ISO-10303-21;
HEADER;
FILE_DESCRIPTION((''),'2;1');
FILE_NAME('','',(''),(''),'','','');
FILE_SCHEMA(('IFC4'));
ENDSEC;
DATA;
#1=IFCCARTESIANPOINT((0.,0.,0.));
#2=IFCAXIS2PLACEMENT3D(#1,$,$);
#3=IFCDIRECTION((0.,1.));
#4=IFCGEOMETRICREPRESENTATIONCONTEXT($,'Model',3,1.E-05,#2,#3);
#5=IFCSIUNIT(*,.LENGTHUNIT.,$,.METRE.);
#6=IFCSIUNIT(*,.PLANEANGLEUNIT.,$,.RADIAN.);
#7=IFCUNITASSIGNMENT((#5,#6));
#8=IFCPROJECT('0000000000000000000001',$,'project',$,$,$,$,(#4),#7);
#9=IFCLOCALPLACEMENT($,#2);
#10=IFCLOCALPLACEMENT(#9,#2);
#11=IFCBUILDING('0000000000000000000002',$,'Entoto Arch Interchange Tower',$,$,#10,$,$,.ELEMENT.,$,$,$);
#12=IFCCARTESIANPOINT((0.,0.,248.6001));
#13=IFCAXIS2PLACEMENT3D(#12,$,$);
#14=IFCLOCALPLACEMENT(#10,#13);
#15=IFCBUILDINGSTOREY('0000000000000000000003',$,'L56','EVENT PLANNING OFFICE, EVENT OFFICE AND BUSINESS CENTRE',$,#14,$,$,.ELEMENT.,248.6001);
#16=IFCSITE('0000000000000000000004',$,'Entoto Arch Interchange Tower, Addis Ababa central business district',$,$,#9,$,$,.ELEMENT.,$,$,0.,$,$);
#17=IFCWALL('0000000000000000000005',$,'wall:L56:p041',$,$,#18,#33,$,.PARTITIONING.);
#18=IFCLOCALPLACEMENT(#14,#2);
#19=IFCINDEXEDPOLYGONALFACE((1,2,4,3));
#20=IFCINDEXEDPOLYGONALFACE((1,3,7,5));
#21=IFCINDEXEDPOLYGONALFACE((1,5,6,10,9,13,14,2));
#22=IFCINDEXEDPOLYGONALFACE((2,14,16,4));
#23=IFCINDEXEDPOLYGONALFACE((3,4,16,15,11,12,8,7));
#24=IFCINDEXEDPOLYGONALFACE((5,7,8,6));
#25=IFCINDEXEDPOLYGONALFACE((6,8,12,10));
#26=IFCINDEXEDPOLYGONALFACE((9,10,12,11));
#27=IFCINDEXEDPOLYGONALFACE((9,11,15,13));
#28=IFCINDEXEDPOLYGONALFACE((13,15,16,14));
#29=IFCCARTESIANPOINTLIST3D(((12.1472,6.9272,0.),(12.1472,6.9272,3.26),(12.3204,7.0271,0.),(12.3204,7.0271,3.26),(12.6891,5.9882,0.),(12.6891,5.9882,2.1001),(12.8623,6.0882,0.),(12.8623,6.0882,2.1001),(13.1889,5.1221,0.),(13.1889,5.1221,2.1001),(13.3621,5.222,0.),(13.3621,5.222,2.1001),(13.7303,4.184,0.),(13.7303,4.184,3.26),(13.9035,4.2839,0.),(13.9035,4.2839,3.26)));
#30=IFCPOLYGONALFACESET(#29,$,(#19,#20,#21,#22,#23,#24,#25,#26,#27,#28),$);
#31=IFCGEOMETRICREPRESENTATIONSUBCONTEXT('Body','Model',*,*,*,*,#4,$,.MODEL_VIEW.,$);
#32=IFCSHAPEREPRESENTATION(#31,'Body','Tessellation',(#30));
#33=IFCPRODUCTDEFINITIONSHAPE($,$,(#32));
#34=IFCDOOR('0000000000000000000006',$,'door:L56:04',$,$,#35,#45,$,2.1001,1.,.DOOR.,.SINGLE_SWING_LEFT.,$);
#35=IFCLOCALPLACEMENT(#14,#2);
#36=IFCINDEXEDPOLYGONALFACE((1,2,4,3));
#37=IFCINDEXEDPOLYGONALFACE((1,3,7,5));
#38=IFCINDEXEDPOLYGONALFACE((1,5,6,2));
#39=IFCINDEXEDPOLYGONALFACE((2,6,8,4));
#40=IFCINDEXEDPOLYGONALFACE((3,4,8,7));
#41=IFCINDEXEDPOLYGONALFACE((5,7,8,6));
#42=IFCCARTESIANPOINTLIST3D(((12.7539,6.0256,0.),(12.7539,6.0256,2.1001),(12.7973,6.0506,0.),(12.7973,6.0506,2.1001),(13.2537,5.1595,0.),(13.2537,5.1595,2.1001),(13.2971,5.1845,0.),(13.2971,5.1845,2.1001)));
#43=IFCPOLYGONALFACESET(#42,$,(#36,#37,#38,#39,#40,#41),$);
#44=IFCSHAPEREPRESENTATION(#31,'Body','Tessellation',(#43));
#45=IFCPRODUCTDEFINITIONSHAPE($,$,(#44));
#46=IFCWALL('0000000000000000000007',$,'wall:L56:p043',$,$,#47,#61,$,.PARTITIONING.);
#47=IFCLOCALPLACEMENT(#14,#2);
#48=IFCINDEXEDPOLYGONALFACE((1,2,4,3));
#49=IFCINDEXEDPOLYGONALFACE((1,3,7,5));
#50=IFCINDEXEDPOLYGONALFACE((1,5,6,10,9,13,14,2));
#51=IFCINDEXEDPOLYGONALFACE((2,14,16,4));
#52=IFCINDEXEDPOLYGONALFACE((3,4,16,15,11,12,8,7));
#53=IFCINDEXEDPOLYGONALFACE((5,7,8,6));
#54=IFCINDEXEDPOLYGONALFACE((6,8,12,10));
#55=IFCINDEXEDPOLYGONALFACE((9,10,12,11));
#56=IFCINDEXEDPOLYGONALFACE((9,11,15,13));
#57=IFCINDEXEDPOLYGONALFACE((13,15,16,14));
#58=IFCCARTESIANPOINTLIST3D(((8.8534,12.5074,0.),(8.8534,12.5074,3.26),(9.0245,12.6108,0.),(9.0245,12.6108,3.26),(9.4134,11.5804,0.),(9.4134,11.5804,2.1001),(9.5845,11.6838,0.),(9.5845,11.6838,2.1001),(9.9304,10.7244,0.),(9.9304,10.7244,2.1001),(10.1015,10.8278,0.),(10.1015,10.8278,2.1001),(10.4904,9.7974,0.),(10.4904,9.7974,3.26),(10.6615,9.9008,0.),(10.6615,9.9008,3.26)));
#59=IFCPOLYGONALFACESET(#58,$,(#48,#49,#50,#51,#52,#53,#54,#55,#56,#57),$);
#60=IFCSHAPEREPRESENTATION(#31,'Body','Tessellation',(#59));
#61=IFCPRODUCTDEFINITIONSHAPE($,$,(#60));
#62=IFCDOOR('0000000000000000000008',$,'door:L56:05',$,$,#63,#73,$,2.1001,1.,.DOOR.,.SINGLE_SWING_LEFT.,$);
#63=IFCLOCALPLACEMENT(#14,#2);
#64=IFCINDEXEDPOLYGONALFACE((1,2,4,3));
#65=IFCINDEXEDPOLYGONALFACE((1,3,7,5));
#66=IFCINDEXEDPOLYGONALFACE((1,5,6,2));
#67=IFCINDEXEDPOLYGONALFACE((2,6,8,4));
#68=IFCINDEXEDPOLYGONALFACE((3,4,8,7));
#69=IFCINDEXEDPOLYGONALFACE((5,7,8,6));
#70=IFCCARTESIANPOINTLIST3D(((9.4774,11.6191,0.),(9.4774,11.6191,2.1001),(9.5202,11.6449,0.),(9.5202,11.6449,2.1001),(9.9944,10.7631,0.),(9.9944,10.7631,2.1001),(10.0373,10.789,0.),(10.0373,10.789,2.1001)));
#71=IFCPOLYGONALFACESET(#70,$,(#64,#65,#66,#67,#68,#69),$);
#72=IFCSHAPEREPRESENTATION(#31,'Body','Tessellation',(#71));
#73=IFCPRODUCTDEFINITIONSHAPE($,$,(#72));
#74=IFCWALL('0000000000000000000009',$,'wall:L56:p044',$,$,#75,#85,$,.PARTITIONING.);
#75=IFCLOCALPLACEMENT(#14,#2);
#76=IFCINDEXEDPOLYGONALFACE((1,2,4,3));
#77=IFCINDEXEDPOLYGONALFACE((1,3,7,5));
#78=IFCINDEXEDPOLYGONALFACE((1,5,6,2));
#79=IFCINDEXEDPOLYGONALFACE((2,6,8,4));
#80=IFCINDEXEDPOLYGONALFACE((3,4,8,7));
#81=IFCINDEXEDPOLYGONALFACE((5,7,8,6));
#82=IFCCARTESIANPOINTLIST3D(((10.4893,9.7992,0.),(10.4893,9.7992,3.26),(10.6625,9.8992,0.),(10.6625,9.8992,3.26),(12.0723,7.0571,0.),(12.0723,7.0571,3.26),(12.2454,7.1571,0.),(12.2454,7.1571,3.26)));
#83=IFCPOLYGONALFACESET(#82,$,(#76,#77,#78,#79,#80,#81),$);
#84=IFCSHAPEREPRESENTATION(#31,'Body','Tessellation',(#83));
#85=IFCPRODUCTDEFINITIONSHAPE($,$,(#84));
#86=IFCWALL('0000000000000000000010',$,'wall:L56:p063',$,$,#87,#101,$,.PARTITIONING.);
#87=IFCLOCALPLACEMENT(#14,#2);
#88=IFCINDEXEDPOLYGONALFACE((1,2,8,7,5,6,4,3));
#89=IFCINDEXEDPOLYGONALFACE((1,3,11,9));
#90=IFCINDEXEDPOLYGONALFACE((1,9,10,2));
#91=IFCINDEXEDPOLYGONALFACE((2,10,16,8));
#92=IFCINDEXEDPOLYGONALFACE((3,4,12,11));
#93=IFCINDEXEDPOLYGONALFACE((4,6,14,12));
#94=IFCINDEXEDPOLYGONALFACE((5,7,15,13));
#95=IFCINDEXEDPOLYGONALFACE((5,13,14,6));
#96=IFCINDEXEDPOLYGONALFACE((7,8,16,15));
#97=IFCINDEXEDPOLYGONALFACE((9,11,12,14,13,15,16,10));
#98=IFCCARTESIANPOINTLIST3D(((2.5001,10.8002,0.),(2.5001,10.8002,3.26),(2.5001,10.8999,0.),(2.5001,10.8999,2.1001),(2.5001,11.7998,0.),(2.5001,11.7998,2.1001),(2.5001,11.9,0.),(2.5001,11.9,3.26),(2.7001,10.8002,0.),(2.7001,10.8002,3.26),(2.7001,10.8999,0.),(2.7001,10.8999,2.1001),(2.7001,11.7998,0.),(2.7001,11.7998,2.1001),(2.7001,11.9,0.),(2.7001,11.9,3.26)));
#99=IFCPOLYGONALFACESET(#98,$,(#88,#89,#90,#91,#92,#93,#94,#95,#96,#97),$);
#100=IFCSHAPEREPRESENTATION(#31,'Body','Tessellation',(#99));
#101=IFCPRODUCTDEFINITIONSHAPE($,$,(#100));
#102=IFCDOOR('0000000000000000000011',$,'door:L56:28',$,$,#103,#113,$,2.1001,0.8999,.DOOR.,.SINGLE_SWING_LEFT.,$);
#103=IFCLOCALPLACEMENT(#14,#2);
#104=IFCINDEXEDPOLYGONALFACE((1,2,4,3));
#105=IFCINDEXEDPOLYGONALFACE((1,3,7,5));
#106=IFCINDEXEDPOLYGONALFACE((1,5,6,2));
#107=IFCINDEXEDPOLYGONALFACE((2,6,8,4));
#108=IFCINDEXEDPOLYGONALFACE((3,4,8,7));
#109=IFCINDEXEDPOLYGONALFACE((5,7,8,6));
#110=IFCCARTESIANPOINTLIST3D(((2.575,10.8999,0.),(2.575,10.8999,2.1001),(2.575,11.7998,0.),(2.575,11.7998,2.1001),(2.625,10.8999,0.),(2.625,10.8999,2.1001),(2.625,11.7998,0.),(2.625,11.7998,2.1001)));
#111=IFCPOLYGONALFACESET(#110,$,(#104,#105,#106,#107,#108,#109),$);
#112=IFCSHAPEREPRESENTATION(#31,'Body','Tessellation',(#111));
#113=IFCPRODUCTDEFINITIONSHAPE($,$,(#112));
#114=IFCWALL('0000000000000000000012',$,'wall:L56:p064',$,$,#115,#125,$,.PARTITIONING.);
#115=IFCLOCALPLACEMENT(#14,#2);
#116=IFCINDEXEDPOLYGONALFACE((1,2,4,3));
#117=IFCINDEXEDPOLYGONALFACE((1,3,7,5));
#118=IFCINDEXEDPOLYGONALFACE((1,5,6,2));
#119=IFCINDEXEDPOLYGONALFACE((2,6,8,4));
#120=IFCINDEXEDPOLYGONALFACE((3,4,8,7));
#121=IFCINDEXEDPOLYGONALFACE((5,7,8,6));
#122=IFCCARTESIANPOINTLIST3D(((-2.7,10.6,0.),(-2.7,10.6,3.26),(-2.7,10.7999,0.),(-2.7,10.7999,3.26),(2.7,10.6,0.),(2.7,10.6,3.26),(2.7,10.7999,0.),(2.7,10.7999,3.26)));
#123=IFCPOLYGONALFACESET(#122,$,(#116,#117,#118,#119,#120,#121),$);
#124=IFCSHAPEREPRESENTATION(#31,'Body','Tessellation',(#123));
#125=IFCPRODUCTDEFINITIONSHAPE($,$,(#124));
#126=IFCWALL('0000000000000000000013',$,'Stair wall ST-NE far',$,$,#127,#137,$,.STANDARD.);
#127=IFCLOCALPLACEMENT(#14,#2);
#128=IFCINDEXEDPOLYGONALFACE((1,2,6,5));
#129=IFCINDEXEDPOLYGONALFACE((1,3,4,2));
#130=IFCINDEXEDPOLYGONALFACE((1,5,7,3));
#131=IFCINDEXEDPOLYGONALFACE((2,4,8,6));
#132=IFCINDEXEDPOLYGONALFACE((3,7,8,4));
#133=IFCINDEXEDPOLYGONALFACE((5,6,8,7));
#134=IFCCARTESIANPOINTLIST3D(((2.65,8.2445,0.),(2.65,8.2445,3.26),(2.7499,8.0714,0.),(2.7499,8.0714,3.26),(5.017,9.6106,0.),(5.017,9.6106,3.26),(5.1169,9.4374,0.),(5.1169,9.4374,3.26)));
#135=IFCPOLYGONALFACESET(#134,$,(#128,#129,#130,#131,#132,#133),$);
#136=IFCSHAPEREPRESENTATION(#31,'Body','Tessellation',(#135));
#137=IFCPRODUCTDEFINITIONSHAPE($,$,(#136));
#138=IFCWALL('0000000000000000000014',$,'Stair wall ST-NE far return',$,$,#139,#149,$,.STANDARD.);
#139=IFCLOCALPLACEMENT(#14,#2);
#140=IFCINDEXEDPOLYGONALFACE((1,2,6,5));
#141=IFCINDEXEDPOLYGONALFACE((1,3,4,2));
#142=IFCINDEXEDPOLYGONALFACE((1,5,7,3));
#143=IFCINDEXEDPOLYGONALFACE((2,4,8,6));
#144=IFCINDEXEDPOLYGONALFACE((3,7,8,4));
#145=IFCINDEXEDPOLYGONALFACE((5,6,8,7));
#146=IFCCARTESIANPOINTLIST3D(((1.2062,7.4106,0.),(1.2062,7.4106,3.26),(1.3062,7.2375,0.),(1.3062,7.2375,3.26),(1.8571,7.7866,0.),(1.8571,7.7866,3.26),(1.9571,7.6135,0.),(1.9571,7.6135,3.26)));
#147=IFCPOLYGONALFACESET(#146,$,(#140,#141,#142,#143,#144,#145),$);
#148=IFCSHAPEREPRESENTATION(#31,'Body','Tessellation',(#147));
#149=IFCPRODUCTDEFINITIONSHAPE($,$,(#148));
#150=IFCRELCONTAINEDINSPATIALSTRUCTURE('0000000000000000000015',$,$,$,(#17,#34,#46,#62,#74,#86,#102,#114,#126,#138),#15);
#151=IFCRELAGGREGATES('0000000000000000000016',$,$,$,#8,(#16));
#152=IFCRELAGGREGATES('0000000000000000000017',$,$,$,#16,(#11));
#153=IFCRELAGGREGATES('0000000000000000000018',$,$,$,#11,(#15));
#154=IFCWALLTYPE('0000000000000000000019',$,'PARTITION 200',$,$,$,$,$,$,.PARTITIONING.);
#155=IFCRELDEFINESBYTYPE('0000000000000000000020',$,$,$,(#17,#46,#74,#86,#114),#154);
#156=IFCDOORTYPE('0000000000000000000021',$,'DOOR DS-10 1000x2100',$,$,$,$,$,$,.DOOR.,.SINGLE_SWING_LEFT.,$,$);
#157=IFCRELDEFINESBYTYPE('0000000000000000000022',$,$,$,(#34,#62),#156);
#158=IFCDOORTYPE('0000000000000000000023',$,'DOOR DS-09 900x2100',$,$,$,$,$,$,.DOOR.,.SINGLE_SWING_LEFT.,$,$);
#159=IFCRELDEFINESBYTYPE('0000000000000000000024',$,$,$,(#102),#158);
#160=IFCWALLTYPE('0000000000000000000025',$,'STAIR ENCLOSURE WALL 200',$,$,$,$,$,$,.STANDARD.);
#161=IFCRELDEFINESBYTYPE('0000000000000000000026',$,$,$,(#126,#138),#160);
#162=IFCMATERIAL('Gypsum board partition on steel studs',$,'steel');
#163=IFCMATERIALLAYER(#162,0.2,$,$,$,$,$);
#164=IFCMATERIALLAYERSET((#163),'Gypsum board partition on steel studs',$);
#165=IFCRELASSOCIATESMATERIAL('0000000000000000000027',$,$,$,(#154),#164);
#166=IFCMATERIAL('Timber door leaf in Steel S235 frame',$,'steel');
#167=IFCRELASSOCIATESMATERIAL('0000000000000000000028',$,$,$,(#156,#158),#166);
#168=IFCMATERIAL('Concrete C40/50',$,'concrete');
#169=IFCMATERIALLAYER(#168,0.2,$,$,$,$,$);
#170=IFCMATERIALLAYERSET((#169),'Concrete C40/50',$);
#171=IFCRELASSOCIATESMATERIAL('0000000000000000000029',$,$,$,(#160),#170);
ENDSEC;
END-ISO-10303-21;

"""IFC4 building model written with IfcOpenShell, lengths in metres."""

from ifc_helpers import new_model, si_unit, direction, frame, frame_2d, origin, place, context, subcontext, project, spatial, rectangle, extrude, material, layer, layer_set, type_object, element, fill, save


model = new_model("IFC4")

# Units and contexts
model_context = context("Model", 3, precision=1e-05, world=origin(), true_north=direction((0.0, 1.0)))
body_context = subcontext(model_context, "Body", "Model", "MODEL_VIEW")
ifc_project = project(units=[si_unit("LENGTHUNIT", "METRE"), si_unit("PLANEANGLEUNIT", "RADIAN")], contexts=[model_context])

# Site, building, storey
site_placement = place(None, origin())
site = spatial("IfcSite", under=ifc_project, at=site_placement, Name="Entoto Arch Interchange Tower, Addis Ababa central business district", CompositionType="ELEMENT", RefElevation=0.0)
building_placement = place(site_placement, origin())
building = spatial("IfcBuilding", under=site, at=building_placement, Name="Entoto Arch Interchange Tower", CompositionType="ELEMENT")
storey_placement = place(building_placement, frame((0.0, 0.0, 248.6001)))
storey = spatial("IfcBuildingStorey", under=building, at=storey_placement, Name="L56", Description="EVENT PLANNING OFFICE, EVENT OFFICE AND BUSINESS CENTRE", CompositionType="ELEMENT", Elevation=248.6001)

# Shared definitions
ifc_material_1 = material(Name="Concrete C40/50", Category="concrete")

# Shared definitions
ifc_material_2 = material(Name="Gypsum board partition on steel studs", Category="steel")

# Walls, openings, doors
ifc_layer_1 = layer(ifc_material_2, 0.2)
ifc_layer_set_1 = layer_set([ifc_layer_1], Name="Gypsum board partition on steel studs")
wall_type_1 = type_object("IfcWallType", Name="PARTITION 200", PredefinedType="PARTITIONING", material=ifc_layer_set_1)
wall_1_placement = place(storey_placement, frame((12.2339, 6.9771, 0.0), z_axis=(0.0, 0.0, 1.0), x_axis=(0.49982, -0.866129, 0.0)))
wall_1 = element("IfcWall", 1, at=wall_1_placement, inside=storey, type_object=wall_type_1, Name="wall:L56:p041", PredefinedType="PARTITIONING", context=body_context, shape_type="SweptSolid", body=[
    extrude(rectangle(XDim=3.1672, YDim=0.2, at=frame_2d((1.5835, 0.0))), origin(), (0.0, 0.0, 1.0), 3.26),
])
opening_1_placement = place(wall_1_placement, frame((1.084, 0.0, 0.0)))
opening_1 = element("IfcOpeningElement", 2, at=opening_1_placement, cuts=wall_1, PredefinedType="OPENING", context=body_context, shape_type="SweptSolid", body=[
    extrude(rectangle(XDim=1.0, YDim=2.1001, at=frame_2d((0.5, 1.05))), frame((0.0, 0.1099, 0.0), z_axis=(0.0, -1.0, 0.0), x_axis=(1.0, 0.0, 0.0)), (0.0, 0.0, 1.0), 0.22),
])
ifc_material_3 = material(Name="Timber door leaf in Steel S235 frame", Category="steel")
door_type_1 = type_object("IfcDoorType", Name="DOOR DS-10 1000x2100", OperationType="SINGLE_SWING_LEFT", PredefinedType="DOOR", material=ifc_material_3)
door_1_placement = place(opening_1_placement, origin())
door_1 = element("IfcDoor", 3, at=door_1_placement, inside=storey, type_object=door_type_1, Name="door:L56:04", OperationType="SINGLE_SWING_LEFT", OverallHeight=2.1001, OverallWidth=1.0, PredefinedType="DOOR", context=body_context, shape_type="SweptSolid", body=[
    extrude(rectangle(XDim=1.0, YDim=2.1001, at=frame_2d((0.5, 1.05))), frame((0.0, 0.0249, 0.0), z_axis=(0.0, -1.0, 0.0), x_axis=(1.0, 0.0, 0.0)), (0.0, 0.0, 1.0), 0.05),
])
fill(opening_1, door_1)
wall_2_placement = place(storey_placement, frame((8.939, 12.5591, 0.0), z_axis=(0.0, 0.0, 1.0), x_axis=(0.517045, -0.855958, 0.0)))
wall_2 = element("IfcWall", 4, at=wall_2_placement, inside=storey, type_object=wall_type_1, Name="wall:L56:p043", PredefinedType="PARTITIONING", context=body_context, shape_type="SweptSolid", body=[
    extrude(rectangle(XDim=3.166, YDim=0.2, at=frame_2d((1.583, 0.0))), origin(), (0.0, 0.0, 1.0), 3.26),
])
opening_2_placement = place(wall_2_placement, frame((1.083, 0.0, 0.0)))
opening_2 = element("IfcOpeningElement", 5, at=opening_2_placement, cuts=wall_2, PredefinedType="OPENING", context=body_context, shape_type="SweptSolid", body=[
    extrude(rectangle(XDim=1.0, YDim=2.1001, at=frame_2d((0.5, 1.05))), frame((0.0, 0.1099, 0.0), z_axis=(0.0, -1.0, 0.0), x_axis=(1.0, 0.0, 0.0)), (0.0, 0.0, 1.0), 0.22),
])
door_2_placement = place(opening_2_placement, origin())
door_2 = element("IfcDoor", 6, at=door_2_placement, inside=storey, type_object=door_type_1, Name="door:L56:05", OperationType="SINGLE_SWING_LEFT", OverallHeight=2.1001, OverallWidth=1.0, PredefinedType="DOOR", context=body_context, shape_type="SweptSolid", body=[
    extrude(rectangle(XDim=1.0, YDim=2.1001, at=frame_2d((0.5, 1.05))), frame((0.0, 0.0249, 0.0), z_axis=(0.0, -1.0, 0.0), x_axis=(1.0, 0.0, 0.0)), (0.0, 0.0, 1.0), 0.05),
])
fill(opening_2, door_2)

# Wall
wall_3_placement = place(storey_placement, frame((10.5759, 9.8491, 0.0), z_axis=(0.0, 0.0, 1.0), x_axis=(0.499954, -0.866052, 0.0)))
element("IfcWall", 7, at=wall_3_placement, inside=storey, type_object=wall_type_1, Name="wall:L56:p044", PredefinedType="PARTITIONING", context=body_context, shape_type="SweptSolid", body=[
    extrude(rectangle(XDim=3.1663, YDim=0.2, at=frame_2d((1.583, 0.0))), origin(), (0.0, 0.0, 1.0), 3.26),
])

# Wall, opening, door
wall_4_placement = place(storey_placement, frame((2.6001, 11.8999, 0.0), z_axis=(0.0, 0.0, 1.0), x_axis=(0.0, -1.0, 0.0)))
wall_4 = element("IfcWall", 8, at=wall_4_placement, inside=storey, type_object=wall_type_1, Name="wall:L56:p063", PredefinedType="PARTITIONING", context=body_context, shape_type="SweptSolid", body=[
    extrude(rectangle(XDim=1.0999, YDim=0.2, at=frame_2d((0.5498, 0.0))), origin(), (0.0, 0.0, 1.0), 3.26),
])
opening_3_placement = place(wall_4_placement, frame((0.1001, 0.0, 0.0)))
opening_3 = element("IfcOpeningElement", 9, at=opening_3_placement, cuts=wall_4, PredefinedType="OPENING", context=body_context, shape_type="SweptSolid", body=[
    extrude(rectangle(XDim=0.8999, YDim=2.1001, at=frame_2d((0.45, 1.05))), frame((0.0, 0.1099, 0.0), z_axis=(0.0, -1.0, 0.0), x_axis=(1.0, 0.0, 0.0)), (0.0, 0.0, 1.0), 0.22),
])
door_type_2 = type_object("IfcDoorType", Name="DOOR DS-09 900x2100", OperationType="SINGLE_SWING_LEFT", PredefinedType="DOOR", material=ifc_material_3)
door_3_placement = place(opening_3_placement, origin())
door_3 = element("IfcDoor", 10, at=door_3_placement, inside=storey, type_object=door_type_2, Name="door:L56:28", OperationType="SINGLE_SWING_LEFT", OverallHeight=2.1001, OverallWidth=0.8999, PredefinedType="DOOR", context=body_context, shape_type="SweptSolid", body=[
    extrude(rectangle(XDim=0.8999, YDim=2.1001, at=frame_2d((0.45, 1.05))), frame((0.0, 0.0249, 0.0), z_axis=(0.0, -1.0, 0.0), x_axis=(1.0, 0.0, 0.0)), (0.0, 0.0, 1.0), 0.05),
])
fill(opening_3, door_3)

# Walls
wall_5_placement = place(storey_placement, frame((2.7, 10.7, 0.0), z_axis=(0.0, 0.0, 1.0), x_axis=(-1.0, 0.0, 0.0)))
element("IfcWall", 11, at=wall_5_placement, inside=storey, type_object=wall_type_1, Name="wall:L56:p064", PredefinedType="PARTITIONING", context=body_context, shape_type="SweptSolid", body=[
    extrude(rectangle(XDim=5.3999, YDim=0.2, at=frame_2d((2.7, 0.0))), origin(), (0.0, 0.0, 1.0), 3.26),
])
ifc_layer_2 = layer(ifc_material_1, 0.2)
ifc_layer_set_2 = layer_set([ifc_layer_2], Name="Concrete C40/50")
wall_type_2 = type_object("IfcWallType", Name="STAIR ENCLOSURE WALL 200", PredefinedType="STANDARD", material=ifc_layer_set_2)
wall_6_placement = place(storey_placement, frame((2.7, 8.158, 0.0), z_axis=(0.0, 0.0, 1.0), x_axis=(0.866119, 0.499838, 0.0)))
element("IfcWall", 12, at=wall_6_placement, inside=storey, type_object=wall_type_2, Name="Stair wall ST-NE far", PredefinedType="STANDARD", context=body_context, shape_type="SweptSolid", body=[
    extrude(rectangle(XDim=2.7329, YDim=0.2, at=frame_2d((1.3665, 0.0))), origin(), (0.0, 0.0, 1.0), 3.26),
])
wall_7_placement = place(storey_placement, frame((1.2561, 7.324, 0.0), z_axis=(0.0, 0.0, 1.0), x_axis=(0.865915, 0.500191, 0.0)))
element("IfcWall", 13, at=wall_7_placement, inside=storey, type_object=wall_type_2, Name="Stair wall ST-NE far return", PredefinedType="STANDARD", context=body_context, shape_type="SweptSolid", body=[
    extrude(rectangle(XDim=0.7517, YDim=0.2, at=frame_2d((0.376, 0.0))), origin(), (0.0, 0.0, 1.0), 3.26),
])

save(model, "model.ifc")
